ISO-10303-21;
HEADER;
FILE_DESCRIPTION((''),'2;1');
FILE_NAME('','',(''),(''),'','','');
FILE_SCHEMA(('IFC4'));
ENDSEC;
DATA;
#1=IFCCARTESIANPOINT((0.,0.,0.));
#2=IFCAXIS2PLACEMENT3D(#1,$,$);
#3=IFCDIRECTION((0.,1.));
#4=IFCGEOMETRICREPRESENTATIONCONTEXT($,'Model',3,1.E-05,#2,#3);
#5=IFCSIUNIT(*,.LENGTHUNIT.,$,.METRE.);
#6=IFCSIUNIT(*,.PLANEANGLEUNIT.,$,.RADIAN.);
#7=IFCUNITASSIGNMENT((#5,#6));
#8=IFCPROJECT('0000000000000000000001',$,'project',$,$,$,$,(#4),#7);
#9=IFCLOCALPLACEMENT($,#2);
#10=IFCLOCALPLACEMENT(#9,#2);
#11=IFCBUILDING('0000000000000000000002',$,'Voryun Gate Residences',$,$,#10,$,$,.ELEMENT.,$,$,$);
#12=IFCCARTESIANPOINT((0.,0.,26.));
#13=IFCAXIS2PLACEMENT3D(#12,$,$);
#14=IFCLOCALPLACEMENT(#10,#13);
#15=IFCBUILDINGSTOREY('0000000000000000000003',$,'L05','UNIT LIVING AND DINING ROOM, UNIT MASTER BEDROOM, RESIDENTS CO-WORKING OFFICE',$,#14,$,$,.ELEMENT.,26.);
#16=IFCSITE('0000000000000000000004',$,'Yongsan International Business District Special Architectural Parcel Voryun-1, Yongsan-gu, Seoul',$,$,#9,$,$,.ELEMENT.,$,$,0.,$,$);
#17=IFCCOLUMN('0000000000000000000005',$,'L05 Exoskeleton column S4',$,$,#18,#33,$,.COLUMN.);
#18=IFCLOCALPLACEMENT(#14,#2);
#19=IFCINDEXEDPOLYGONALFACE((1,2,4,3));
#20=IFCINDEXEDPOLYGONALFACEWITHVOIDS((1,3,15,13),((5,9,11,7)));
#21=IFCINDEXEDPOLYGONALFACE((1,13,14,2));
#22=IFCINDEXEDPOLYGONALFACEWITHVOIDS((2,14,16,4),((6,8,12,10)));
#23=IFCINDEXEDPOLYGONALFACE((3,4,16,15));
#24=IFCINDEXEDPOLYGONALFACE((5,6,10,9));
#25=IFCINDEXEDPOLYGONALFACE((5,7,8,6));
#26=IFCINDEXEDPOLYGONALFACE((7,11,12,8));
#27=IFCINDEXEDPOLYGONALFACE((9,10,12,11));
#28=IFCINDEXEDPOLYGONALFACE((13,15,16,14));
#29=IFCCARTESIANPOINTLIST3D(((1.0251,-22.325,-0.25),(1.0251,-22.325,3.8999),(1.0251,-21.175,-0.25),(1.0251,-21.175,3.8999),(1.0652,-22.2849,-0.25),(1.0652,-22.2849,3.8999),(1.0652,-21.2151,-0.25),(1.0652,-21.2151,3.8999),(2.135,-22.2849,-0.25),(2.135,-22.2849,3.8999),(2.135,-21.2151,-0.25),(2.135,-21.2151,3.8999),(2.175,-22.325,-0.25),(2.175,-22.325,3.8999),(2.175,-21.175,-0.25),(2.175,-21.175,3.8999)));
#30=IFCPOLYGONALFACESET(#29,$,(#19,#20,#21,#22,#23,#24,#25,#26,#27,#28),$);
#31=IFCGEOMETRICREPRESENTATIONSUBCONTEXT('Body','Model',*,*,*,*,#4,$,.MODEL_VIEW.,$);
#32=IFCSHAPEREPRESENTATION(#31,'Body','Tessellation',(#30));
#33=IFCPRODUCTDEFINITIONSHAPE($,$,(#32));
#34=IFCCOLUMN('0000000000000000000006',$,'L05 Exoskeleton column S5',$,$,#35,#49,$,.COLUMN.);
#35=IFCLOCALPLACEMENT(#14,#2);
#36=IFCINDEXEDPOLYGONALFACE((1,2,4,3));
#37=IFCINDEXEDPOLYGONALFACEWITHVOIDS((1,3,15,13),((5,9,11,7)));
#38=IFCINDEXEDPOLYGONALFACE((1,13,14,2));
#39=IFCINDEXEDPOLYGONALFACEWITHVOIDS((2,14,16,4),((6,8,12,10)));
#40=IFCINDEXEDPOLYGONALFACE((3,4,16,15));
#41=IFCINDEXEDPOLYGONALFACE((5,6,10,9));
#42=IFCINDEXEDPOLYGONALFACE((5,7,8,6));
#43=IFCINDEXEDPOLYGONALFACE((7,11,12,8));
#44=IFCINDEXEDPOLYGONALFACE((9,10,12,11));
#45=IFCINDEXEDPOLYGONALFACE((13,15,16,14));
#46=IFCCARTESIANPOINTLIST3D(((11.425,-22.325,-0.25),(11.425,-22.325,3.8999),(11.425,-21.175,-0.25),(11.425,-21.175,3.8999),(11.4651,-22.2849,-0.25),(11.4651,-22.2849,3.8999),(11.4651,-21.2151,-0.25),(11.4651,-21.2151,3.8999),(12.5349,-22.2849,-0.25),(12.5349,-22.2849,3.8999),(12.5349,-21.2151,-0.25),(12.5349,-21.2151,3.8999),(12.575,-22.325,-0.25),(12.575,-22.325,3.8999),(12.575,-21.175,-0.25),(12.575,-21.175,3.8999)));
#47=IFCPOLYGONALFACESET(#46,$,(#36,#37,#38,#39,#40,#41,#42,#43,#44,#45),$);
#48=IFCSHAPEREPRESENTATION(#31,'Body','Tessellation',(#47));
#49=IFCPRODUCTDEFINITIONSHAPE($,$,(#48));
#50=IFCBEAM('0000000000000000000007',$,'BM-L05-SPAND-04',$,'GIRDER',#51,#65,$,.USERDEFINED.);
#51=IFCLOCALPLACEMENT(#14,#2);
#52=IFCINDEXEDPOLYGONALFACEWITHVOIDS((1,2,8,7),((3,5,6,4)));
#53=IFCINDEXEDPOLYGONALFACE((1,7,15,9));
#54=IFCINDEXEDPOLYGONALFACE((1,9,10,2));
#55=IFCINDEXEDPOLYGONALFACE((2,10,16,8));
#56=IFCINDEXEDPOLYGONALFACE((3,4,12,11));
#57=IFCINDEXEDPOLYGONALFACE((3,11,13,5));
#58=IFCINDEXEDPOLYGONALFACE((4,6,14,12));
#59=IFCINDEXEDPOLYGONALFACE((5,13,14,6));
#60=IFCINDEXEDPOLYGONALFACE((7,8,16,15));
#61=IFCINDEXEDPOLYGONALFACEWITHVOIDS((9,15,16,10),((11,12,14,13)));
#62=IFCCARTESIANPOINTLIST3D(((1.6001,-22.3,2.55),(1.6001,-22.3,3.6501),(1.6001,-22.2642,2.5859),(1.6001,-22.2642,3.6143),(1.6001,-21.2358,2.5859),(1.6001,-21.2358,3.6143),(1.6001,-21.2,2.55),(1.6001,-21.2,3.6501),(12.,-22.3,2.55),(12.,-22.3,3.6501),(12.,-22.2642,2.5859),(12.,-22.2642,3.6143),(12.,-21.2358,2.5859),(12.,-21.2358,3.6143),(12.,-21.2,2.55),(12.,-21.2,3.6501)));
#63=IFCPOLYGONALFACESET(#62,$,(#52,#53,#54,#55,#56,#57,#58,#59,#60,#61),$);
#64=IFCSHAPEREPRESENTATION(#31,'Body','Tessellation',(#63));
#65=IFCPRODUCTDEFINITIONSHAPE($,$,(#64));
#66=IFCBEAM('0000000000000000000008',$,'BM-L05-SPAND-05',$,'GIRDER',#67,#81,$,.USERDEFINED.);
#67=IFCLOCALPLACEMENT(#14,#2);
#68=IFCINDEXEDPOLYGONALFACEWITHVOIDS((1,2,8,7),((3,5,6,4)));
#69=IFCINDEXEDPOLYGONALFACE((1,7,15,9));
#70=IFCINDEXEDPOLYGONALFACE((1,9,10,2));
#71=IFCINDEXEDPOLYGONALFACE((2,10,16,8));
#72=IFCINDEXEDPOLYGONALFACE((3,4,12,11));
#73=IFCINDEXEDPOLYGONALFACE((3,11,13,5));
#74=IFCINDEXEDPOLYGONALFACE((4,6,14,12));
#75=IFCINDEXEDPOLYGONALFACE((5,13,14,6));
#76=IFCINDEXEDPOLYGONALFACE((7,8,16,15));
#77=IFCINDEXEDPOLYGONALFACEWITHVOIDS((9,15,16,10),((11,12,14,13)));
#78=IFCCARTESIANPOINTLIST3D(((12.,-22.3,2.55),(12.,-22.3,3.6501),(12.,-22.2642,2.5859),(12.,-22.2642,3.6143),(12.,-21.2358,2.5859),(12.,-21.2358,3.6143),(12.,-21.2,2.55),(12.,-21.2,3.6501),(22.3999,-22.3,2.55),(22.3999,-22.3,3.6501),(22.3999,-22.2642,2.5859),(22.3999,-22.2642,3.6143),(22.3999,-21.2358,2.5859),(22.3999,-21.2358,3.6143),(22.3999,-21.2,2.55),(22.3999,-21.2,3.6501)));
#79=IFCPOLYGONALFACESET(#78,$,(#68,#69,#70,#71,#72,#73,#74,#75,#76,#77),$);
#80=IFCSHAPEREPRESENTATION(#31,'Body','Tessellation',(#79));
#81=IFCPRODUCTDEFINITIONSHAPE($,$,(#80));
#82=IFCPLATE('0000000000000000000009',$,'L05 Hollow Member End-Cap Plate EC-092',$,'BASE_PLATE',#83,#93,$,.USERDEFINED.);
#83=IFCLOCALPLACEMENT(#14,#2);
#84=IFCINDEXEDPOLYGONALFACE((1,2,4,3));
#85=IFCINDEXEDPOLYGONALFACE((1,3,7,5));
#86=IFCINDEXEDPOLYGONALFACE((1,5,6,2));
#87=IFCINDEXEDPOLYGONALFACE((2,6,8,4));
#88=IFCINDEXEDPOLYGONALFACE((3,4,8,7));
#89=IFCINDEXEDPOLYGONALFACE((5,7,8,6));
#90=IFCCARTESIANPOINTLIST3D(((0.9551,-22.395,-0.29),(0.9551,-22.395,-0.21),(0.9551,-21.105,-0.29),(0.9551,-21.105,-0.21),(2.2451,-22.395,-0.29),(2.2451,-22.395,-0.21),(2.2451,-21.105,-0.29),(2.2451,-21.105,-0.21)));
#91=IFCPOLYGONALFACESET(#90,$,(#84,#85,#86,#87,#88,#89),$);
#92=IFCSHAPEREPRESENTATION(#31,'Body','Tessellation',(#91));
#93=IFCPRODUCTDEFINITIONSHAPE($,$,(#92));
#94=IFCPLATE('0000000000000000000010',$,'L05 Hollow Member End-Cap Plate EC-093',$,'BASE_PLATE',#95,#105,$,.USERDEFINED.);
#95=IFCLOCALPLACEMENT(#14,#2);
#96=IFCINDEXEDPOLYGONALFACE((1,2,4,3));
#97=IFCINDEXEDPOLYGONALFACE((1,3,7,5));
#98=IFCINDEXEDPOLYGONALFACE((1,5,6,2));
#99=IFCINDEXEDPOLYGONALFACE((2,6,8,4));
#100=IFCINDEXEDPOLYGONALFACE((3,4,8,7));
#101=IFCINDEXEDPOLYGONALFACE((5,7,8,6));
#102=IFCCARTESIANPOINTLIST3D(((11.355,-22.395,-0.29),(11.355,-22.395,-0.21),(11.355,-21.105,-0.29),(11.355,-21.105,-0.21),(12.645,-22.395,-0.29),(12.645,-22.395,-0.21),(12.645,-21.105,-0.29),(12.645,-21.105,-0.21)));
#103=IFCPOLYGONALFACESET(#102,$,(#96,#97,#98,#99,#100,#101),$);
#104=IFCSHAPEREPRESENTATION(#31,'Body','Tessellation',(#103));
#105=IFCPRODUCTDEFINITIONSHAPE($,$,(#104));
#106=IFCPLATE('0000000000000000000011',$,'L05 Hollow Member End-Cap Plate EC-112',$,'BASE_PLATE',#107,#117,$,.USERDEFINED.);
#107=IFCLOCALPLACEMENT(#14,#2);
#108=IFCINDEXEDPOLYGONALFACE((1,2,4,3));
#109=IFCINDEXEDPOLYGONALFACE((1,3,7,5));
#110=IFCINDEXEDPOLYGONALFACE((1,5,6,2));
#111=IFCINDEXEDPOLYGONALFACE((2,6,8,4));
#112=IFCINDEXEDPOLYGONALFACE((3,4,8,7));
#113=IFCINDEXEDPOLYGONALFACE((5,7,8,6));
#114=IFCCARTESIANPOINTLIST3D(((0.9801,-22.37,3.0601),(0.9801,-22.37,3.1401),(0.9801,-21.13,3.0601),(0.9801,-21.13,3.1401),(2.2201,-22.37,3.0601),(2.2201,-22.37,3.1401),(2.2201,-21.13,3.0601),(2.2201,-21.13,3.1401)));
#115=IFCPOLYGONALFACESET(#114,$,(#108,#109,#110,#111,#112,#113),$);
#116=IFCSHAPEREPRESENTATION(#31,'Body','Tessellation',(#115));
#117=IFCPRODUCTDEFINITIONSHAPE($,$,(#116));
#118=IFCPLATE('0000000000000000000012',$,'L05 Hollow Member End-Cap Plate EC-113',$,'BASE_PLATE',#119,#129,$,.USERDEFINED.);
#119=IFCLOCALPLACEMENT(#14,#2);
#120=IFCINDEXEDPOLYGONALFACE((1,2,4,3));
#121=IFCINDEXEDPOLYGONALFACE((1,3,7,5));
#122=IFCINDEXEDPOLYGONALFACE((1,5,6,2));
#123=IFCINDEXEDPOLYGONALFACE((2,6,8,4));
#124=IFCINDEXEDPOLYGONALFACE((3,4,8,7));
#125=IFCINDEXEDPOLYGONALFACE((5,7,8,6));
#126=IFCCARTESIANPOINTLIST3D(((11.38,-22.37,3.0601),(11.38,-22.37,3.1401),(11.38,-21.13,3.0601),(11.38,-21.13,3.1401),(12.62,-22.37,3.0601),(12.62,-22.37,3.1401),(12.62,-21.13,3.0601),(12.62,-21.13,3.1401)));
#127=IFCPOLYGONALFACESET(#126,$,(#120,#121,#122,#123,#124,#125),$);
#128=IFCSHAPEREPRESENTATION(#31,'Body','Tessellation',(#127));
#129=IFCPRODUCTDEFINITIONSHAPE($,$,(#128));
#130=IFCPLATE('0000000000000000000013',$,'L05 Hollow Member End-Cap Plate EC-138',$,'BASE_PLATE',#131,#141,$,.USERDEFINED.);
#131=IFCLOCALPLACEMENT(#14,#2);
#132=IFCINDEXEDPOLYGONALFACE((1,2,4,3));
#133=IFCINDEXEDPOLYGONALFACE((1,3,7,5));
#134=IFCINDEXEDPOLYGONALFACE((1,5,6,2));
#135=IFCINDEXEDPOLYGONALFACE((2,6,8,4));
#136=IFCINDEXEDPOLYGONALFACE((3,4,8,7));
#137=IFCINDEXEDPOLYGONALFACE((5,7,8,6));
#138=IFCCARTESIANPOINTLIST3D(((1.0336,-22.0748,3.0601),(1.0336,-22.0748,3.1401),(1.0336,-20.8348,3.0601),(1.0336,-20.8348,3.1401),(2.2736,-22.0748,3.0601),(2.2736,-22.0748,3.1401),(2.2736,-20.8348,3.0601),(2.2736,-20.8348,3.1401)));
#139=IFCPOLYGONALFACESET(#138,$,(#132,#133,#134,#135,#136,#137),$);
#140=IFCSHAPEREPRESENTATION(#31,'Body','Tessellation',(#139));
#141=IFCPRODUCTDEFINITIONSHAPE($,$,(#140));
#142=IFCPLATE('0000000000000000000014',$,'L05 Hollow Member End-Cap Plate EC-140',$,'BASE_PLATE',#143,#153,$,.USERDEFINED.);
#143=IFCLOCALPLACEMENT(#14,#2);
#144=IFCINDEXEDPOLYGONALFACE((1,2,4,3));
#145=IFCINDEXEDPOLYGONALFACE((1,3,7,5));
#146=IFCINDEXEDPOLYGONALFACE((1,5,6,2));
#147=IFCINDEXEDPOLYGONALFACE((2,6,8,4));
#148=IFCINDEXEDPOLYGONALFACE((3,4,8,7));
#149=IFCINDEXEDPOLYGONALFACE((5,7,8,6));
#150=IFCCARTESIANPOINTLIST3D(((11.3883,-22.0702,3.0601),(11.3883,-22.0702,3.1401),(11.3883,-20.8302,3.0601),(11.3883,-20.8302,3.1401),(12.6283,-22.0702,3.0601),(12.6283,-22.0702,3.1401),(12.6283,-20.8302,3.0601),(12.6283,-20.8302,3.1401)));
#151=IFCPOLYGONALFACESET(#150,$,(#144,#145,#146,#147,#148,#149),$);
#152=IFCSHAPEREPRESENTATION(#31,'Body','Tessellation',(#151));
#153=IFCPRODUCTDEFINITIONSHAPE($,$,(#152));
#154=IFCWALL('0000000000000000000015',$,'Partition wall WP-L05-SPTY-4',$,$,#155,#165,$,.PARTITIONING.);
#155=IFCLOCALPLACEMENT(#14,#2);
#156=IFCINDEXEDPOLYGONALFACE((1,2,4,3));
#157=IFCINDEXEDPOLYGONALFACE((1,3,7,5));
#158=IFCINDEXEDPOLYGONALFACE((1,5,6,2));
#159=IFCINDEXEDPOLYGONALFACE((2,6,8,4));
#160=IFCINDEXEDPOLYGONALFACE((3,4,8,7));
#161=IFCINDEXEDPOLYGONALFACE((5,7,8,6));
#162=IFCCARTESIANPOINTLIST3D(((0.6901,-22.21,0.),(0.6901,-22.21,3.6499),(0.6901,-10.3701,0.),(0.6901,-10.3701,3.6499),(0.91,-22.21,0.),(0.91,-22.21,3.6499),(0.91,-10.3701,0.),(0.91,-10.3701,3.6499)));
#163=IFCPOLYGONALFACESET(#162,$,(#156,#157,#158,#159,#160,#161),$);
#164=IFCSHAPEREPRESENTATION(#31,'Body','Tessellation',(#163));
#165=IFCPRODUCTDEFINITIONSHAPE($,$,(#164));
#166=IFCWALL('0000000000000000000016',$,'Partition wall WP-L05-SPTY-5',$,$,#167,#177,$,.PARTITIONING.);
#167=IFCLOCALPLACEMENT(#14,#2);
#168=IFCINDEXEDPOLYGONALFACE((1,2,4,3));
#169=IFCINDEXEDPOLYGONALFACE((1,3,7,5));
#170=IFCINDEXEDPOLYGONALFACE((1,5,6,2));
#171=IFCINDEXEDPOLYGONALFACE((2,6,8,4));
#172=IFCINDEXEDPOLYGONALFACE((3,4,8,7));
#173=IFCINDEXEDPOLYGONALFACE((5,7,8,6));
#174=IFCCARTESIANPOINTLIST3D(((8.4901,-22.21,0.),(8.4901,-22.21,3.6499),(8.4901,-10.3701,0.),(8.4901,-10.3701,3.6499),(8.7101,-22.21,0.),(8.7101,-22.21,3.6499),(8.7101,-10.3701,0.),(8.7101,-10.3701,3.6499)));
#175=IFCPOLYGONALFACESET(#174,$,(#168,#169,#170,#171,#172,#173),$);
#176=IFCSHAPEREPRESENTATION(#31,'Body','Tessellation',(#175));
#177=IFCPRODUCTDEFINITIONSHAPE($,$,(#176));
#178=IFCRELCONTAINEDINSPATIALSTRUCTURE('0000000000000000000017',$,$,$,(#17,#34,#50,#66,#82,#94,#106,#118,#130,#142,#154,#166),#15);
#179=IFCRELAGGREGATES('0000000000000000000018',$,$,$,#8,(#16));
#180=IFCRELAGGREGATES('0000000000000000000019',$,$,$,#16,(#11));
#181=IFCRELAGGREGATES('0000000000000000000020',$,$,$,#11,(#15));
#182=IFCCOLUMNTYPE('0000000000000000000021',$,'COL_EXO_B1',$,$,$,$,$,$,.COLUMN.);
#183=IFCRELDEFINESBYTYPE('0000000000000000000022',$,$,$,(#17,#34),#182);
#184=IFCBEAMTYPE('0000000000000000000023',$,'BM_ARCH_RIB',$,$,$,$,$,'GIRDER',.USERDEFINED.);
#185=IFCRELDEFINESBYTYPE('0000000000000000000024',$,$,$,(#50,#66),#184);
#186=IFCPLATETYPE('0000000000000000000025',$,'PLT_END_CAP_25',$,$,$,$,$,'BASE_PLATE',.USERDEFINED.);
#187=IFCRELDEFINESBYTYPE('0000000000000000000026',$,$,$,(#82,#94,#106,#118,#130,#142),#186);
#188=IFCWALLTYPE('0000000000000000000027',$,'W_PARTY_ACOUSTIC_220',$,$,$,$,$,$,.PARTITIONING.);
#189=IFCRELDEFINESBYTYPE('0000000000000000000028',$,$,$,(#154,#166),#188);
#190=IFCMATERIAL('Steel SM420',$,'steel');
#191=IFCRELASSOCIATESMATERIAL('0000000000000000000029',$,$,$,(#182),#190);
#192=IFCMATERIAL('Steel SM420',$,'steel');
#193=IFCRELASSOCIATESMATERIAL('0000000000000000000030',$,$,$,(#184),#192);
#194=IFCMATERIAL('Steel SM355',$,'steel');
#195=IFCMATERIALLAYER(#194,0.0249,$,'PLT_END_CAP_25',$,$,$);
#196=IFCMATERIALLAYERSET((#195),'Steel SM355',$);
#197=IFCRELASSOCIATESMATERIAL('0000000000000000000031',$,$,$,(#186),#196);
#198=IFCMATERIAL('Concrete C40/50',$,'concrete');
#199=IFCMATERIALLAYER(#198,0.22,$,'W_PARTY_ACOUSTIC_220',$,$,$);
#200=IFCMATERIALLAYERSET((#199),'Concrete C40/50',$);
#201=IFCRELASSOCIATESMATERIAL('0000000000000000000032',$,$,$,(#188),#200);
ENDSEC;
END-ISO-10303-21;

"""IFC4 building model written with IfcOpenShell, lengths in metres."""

from ifc_helpers import new_model, si_unit, direction, frame, frame_2d, origin, origin_2d, place, context, subcontext, project, spatial, rectangle, hollow_rectangle, extrude, material, layer, layer_set, material_profile, profile_set, type_object, element, save


model = new_model("IFC4")

# Units and contexts
model_context = context("Model", 3, precision=1e-05, world=origin(), true_north=direction((0.0, 1.0)))
body_context = subcontext(model_context, "Body", "Model", "MODEL_VIEW")
ifc_project = project(units=[si_unit("LENGTHUNIT", "METRE"), si_unit("PLANEANGLEUNIT", "RADIAN")], contexts=[model_context])

# Site, building, storey
site_placement = place(None, origin())
site = spatial("IfcSite", under=ifc_project, at=site_placement, Name="Yongsan International Business District Special Architectural Parcel Voryun-1, Yongsan-gu, Seoul", CompositionType="ELEMENT", RefElevation=0.0)
building_placement = place(site_placement, origin())
building = spatial("IfcBuilding", under=site, at=building_placement, Name="Voryun Gate Residences", CompositionType="ELEMENT")
storey_placement = place(building_placement, frame((0.0, 0.0, 26.0)))
storey = spatial("IfcBuildingStorey", under=building, at=storey_placement, Name="L05", Description="UNIT LIVING AND DINING ROOM, UNIT MASTER BEDROOM, RESIDENTS CO-WORKING OFFICE", CompositionType="ELEMENT", Elevation=26.0)

# Columns
ifc_material_1 = material(Name="Steel SM420", Category="steel")
ifc_material_profile_1 = material_profile(ifc_material_1, hollow_rectangle(XDim=1.1499, YDim=1.1499, WallThickness=0.04, at=origin_2d()), Name="BOX-1150x1150x40")
ifc_profile_set_1 = profile_set([ifc_material_profile_1], Name="Steel SM420")
column_type = type_object("IfcColumnType", Name="COL_EXO_B1", PredefinedType="COLUMN", material=ifc_profile_set_1)
for number, where, z_axis, x_axis, name in (
    (1, (1.6001, -21.75, -0.25), (0.0, 0.0, 1.0), (1.0, 0.0, 0.0), "L05 Exoskeleton column S4"),
    (2, (12.0, -21.75, -0.25), (0.0, 0.0, 1.0), (1.0, 0.0, 0.0), "L05 Exoskeleton column S5"),
):
    element("IfcColumn", number, at=place(storey_placement, frame(where, z_axis=z_axis, x_axis=x_axis)), inside=storey, type_object=column_type, Name=name, PredefinedType="COLUMN", context=body_context, shape_type="SweptSolid", body=[
        extrude(hollow_rectangle(XDim=1.1499, YDim=1.1499, WallThickness=0.04, at=origin_2d()), origin(), (0.0, 0.0, 1.0), 4.1499),
    ])

# Beams
ifc_material_2 = material(Name="Steel SM420", Category="steel")
ifc_material_profile_2 = material_profile(ifc_material_2, hollow_rectangle(XDim=1.1001, YDim=1.1001, WallThickness=0.0359, at=origin_2d()), Name="BOX-1100x1100x36")
ifc_profile_set_2 = profile_set([ifc_material_profile_2], Name="Steel SM420")
beam_type = type_object("IfcBeamType", Name="BM_ARCH_RIB", ElementType="GIRDER", PredefinedType="USERDEFINED", material=ifc_profile_set_2)
for number, where, z_axis, x_axis, name in (
    (3, (1.6001, -21.75, 3.1001), (1.0, 0.0, 0.0), (0.0, 1.0, 0.0), "BM-L05-SPAND-04"),
    (4, (12.0, -21.75, 3.1001), (1.0, 0.0, 0.0), (0.0, 1.0, 0.0), "BM-L05-SPAND-05"),
):
    element("IfcBeam", number, at=place(storey_placement, frame(where, z_axis=z_axis, x_axis=x_axis)), inside=storey, type_object=beam_type, Name=name, ObjectType="GIRDER", PredefinedType="USERDEFINED", context=body_context, shape_type="SweptSolid", body=[
        extrude(hollow_rectangle(XDim=1.1001, YDim=1.1001, WallThickness=0.0359, at=origin_2d()), origin(), (0.0, 0.0, 1.0), 10.3999),
    ])

# Plates
ifc_material_3 = material(Name="Steel SM355", Category="steel")
ifc_layer_1 = layer(ifc_material_3, 0.0249, Name="PLT_END_CAP_25")
ifc_layer_set_1 = layer_set([ifc_layer_1], Name="Steel SM355")
plate_type = type_object("IfcPlateType", Name="PLT_END_CAP_25", ElementType="BASE_PLATE", PredefinedType="USERDEFINED", material=ifc_layer_set_1)
for number, where, z_axis, x_axis, name in (
    (5, (1.6001, -21.75, -0.29), (0.0, 0.0, 1.0), (1.0, 0.0, 0.0), "L05 Hollow Member End-Cap Plate EC-092"),
    (6, (12.0, -21.75, -0.29), (0.0, 0.0, 1.0), (1.0, 0.0, 0.0), "L05 Hollow Member End-Cap Plate EC-093"),
):
    element("IfcPlate", number, at=place(storey_placement, frame(where, z_axis=z_axis, x_axis=x_axis)), inside=storey, type_object=plate_type, Name=name, ObjectType="BASE_PLATE", PredefinedType="USERDEFINED", context=body_context, shape_type="SweptSolid", body=[
        extrude(rectangle(XDim=1.29, YDim=1.29, at=origin_2d()), origin(), (0.0, 0.0, 1.0), 0.0801),
    ])
for number, where, z_axis, x_axis, name in (
    (7, (1.6001, -21.75, 3.0601), (0.0, 0.0, 1.0), (1.0, 0.0, 0.0), "L05 Hollow Member End-Cap Plate EC-112"),
    (8, (12.0, -21.75, 3.0601), (0.0, 0.0, 1.0), (1.0, 0.0, 0.0), "L05 Hollow Member End-Cap Plate EC-113"),
    (9, (1.6536, -21.4548, 3.0601), (0.0, 0.0, 1.0), (1.0, 0.0, 0.0), "L05 Hollow Member End-Cap Plate EC-138"),
    (10, (12.0083, -21.4502, 3.0601), (0.0, 0.0, 1.0), (1.0, 0.0, 0.0), "L05 Hollow Member End-Cap Plate EC-140"),
):
    element("IfcPlate", number, at=place(storey_placement, frame(where, z_axis=z_axis, x_axis=x_axis)), inside=storey, type_object=plate_type, Name=name, ObjectType="BASE_PLATE", PredefinedType="USERDEFINED", context=body_context, shape_type="SweptSolid", body=[
        extrude(rectangle(XDim=1.24, YDim=1.24, at=origin_2d()), origin(), (0.0, 0.0, 1.0), 0.0801),
    ])

# Walls
ifc_material_4 = material(Name="Concrete C40/50", Category="concrete")
ifc_layer_2 = layer(ifc_material_4, 0.22, Name="W_PARTY_ACOUSTIC_220")
ifc_layer_set_2 = layer_set([ifc_layer_2], Name="Concrete C40/50")
wall_type_1 = type_object("IfcWallType", Name="W_PARTY_ACOUSTIC_220", PredefinedType="PARTITIONING", material=ifc_layer_set_2)
for number, where, z_axis, x_axis, name in (
    (11, (0.8, -22.21, 0.0), (0.0, 0.0, 1.0), (0.0, 1.0, 0.0), "Partition wall WP-L05-SPTY-4"),
    (12, (8.6001, -22.21, 0.0), (0.0, 0.0, 1.0), (0.0, 1.0, 0.0), "Partition wall WP-L05-SPTY-5"),
):
    element("IfcWall", number, at=place(storey_placement, frame(where, z_axis=z_axis, x_axis=x_axis)), inside=storey, type_object=wall_type_1, Name=name, PredefinedType="PARTITIONING", context=body_context, shape_type="SweptSolid", body=[
        extrude(rectangle(XDim=11.8398, YDim=0.22, at=frame_2d((5.9199, 0.0))), origin(), (0.0, 0.0, 1.0), 3.6499),
    ])

save(model, "model.ifc")
